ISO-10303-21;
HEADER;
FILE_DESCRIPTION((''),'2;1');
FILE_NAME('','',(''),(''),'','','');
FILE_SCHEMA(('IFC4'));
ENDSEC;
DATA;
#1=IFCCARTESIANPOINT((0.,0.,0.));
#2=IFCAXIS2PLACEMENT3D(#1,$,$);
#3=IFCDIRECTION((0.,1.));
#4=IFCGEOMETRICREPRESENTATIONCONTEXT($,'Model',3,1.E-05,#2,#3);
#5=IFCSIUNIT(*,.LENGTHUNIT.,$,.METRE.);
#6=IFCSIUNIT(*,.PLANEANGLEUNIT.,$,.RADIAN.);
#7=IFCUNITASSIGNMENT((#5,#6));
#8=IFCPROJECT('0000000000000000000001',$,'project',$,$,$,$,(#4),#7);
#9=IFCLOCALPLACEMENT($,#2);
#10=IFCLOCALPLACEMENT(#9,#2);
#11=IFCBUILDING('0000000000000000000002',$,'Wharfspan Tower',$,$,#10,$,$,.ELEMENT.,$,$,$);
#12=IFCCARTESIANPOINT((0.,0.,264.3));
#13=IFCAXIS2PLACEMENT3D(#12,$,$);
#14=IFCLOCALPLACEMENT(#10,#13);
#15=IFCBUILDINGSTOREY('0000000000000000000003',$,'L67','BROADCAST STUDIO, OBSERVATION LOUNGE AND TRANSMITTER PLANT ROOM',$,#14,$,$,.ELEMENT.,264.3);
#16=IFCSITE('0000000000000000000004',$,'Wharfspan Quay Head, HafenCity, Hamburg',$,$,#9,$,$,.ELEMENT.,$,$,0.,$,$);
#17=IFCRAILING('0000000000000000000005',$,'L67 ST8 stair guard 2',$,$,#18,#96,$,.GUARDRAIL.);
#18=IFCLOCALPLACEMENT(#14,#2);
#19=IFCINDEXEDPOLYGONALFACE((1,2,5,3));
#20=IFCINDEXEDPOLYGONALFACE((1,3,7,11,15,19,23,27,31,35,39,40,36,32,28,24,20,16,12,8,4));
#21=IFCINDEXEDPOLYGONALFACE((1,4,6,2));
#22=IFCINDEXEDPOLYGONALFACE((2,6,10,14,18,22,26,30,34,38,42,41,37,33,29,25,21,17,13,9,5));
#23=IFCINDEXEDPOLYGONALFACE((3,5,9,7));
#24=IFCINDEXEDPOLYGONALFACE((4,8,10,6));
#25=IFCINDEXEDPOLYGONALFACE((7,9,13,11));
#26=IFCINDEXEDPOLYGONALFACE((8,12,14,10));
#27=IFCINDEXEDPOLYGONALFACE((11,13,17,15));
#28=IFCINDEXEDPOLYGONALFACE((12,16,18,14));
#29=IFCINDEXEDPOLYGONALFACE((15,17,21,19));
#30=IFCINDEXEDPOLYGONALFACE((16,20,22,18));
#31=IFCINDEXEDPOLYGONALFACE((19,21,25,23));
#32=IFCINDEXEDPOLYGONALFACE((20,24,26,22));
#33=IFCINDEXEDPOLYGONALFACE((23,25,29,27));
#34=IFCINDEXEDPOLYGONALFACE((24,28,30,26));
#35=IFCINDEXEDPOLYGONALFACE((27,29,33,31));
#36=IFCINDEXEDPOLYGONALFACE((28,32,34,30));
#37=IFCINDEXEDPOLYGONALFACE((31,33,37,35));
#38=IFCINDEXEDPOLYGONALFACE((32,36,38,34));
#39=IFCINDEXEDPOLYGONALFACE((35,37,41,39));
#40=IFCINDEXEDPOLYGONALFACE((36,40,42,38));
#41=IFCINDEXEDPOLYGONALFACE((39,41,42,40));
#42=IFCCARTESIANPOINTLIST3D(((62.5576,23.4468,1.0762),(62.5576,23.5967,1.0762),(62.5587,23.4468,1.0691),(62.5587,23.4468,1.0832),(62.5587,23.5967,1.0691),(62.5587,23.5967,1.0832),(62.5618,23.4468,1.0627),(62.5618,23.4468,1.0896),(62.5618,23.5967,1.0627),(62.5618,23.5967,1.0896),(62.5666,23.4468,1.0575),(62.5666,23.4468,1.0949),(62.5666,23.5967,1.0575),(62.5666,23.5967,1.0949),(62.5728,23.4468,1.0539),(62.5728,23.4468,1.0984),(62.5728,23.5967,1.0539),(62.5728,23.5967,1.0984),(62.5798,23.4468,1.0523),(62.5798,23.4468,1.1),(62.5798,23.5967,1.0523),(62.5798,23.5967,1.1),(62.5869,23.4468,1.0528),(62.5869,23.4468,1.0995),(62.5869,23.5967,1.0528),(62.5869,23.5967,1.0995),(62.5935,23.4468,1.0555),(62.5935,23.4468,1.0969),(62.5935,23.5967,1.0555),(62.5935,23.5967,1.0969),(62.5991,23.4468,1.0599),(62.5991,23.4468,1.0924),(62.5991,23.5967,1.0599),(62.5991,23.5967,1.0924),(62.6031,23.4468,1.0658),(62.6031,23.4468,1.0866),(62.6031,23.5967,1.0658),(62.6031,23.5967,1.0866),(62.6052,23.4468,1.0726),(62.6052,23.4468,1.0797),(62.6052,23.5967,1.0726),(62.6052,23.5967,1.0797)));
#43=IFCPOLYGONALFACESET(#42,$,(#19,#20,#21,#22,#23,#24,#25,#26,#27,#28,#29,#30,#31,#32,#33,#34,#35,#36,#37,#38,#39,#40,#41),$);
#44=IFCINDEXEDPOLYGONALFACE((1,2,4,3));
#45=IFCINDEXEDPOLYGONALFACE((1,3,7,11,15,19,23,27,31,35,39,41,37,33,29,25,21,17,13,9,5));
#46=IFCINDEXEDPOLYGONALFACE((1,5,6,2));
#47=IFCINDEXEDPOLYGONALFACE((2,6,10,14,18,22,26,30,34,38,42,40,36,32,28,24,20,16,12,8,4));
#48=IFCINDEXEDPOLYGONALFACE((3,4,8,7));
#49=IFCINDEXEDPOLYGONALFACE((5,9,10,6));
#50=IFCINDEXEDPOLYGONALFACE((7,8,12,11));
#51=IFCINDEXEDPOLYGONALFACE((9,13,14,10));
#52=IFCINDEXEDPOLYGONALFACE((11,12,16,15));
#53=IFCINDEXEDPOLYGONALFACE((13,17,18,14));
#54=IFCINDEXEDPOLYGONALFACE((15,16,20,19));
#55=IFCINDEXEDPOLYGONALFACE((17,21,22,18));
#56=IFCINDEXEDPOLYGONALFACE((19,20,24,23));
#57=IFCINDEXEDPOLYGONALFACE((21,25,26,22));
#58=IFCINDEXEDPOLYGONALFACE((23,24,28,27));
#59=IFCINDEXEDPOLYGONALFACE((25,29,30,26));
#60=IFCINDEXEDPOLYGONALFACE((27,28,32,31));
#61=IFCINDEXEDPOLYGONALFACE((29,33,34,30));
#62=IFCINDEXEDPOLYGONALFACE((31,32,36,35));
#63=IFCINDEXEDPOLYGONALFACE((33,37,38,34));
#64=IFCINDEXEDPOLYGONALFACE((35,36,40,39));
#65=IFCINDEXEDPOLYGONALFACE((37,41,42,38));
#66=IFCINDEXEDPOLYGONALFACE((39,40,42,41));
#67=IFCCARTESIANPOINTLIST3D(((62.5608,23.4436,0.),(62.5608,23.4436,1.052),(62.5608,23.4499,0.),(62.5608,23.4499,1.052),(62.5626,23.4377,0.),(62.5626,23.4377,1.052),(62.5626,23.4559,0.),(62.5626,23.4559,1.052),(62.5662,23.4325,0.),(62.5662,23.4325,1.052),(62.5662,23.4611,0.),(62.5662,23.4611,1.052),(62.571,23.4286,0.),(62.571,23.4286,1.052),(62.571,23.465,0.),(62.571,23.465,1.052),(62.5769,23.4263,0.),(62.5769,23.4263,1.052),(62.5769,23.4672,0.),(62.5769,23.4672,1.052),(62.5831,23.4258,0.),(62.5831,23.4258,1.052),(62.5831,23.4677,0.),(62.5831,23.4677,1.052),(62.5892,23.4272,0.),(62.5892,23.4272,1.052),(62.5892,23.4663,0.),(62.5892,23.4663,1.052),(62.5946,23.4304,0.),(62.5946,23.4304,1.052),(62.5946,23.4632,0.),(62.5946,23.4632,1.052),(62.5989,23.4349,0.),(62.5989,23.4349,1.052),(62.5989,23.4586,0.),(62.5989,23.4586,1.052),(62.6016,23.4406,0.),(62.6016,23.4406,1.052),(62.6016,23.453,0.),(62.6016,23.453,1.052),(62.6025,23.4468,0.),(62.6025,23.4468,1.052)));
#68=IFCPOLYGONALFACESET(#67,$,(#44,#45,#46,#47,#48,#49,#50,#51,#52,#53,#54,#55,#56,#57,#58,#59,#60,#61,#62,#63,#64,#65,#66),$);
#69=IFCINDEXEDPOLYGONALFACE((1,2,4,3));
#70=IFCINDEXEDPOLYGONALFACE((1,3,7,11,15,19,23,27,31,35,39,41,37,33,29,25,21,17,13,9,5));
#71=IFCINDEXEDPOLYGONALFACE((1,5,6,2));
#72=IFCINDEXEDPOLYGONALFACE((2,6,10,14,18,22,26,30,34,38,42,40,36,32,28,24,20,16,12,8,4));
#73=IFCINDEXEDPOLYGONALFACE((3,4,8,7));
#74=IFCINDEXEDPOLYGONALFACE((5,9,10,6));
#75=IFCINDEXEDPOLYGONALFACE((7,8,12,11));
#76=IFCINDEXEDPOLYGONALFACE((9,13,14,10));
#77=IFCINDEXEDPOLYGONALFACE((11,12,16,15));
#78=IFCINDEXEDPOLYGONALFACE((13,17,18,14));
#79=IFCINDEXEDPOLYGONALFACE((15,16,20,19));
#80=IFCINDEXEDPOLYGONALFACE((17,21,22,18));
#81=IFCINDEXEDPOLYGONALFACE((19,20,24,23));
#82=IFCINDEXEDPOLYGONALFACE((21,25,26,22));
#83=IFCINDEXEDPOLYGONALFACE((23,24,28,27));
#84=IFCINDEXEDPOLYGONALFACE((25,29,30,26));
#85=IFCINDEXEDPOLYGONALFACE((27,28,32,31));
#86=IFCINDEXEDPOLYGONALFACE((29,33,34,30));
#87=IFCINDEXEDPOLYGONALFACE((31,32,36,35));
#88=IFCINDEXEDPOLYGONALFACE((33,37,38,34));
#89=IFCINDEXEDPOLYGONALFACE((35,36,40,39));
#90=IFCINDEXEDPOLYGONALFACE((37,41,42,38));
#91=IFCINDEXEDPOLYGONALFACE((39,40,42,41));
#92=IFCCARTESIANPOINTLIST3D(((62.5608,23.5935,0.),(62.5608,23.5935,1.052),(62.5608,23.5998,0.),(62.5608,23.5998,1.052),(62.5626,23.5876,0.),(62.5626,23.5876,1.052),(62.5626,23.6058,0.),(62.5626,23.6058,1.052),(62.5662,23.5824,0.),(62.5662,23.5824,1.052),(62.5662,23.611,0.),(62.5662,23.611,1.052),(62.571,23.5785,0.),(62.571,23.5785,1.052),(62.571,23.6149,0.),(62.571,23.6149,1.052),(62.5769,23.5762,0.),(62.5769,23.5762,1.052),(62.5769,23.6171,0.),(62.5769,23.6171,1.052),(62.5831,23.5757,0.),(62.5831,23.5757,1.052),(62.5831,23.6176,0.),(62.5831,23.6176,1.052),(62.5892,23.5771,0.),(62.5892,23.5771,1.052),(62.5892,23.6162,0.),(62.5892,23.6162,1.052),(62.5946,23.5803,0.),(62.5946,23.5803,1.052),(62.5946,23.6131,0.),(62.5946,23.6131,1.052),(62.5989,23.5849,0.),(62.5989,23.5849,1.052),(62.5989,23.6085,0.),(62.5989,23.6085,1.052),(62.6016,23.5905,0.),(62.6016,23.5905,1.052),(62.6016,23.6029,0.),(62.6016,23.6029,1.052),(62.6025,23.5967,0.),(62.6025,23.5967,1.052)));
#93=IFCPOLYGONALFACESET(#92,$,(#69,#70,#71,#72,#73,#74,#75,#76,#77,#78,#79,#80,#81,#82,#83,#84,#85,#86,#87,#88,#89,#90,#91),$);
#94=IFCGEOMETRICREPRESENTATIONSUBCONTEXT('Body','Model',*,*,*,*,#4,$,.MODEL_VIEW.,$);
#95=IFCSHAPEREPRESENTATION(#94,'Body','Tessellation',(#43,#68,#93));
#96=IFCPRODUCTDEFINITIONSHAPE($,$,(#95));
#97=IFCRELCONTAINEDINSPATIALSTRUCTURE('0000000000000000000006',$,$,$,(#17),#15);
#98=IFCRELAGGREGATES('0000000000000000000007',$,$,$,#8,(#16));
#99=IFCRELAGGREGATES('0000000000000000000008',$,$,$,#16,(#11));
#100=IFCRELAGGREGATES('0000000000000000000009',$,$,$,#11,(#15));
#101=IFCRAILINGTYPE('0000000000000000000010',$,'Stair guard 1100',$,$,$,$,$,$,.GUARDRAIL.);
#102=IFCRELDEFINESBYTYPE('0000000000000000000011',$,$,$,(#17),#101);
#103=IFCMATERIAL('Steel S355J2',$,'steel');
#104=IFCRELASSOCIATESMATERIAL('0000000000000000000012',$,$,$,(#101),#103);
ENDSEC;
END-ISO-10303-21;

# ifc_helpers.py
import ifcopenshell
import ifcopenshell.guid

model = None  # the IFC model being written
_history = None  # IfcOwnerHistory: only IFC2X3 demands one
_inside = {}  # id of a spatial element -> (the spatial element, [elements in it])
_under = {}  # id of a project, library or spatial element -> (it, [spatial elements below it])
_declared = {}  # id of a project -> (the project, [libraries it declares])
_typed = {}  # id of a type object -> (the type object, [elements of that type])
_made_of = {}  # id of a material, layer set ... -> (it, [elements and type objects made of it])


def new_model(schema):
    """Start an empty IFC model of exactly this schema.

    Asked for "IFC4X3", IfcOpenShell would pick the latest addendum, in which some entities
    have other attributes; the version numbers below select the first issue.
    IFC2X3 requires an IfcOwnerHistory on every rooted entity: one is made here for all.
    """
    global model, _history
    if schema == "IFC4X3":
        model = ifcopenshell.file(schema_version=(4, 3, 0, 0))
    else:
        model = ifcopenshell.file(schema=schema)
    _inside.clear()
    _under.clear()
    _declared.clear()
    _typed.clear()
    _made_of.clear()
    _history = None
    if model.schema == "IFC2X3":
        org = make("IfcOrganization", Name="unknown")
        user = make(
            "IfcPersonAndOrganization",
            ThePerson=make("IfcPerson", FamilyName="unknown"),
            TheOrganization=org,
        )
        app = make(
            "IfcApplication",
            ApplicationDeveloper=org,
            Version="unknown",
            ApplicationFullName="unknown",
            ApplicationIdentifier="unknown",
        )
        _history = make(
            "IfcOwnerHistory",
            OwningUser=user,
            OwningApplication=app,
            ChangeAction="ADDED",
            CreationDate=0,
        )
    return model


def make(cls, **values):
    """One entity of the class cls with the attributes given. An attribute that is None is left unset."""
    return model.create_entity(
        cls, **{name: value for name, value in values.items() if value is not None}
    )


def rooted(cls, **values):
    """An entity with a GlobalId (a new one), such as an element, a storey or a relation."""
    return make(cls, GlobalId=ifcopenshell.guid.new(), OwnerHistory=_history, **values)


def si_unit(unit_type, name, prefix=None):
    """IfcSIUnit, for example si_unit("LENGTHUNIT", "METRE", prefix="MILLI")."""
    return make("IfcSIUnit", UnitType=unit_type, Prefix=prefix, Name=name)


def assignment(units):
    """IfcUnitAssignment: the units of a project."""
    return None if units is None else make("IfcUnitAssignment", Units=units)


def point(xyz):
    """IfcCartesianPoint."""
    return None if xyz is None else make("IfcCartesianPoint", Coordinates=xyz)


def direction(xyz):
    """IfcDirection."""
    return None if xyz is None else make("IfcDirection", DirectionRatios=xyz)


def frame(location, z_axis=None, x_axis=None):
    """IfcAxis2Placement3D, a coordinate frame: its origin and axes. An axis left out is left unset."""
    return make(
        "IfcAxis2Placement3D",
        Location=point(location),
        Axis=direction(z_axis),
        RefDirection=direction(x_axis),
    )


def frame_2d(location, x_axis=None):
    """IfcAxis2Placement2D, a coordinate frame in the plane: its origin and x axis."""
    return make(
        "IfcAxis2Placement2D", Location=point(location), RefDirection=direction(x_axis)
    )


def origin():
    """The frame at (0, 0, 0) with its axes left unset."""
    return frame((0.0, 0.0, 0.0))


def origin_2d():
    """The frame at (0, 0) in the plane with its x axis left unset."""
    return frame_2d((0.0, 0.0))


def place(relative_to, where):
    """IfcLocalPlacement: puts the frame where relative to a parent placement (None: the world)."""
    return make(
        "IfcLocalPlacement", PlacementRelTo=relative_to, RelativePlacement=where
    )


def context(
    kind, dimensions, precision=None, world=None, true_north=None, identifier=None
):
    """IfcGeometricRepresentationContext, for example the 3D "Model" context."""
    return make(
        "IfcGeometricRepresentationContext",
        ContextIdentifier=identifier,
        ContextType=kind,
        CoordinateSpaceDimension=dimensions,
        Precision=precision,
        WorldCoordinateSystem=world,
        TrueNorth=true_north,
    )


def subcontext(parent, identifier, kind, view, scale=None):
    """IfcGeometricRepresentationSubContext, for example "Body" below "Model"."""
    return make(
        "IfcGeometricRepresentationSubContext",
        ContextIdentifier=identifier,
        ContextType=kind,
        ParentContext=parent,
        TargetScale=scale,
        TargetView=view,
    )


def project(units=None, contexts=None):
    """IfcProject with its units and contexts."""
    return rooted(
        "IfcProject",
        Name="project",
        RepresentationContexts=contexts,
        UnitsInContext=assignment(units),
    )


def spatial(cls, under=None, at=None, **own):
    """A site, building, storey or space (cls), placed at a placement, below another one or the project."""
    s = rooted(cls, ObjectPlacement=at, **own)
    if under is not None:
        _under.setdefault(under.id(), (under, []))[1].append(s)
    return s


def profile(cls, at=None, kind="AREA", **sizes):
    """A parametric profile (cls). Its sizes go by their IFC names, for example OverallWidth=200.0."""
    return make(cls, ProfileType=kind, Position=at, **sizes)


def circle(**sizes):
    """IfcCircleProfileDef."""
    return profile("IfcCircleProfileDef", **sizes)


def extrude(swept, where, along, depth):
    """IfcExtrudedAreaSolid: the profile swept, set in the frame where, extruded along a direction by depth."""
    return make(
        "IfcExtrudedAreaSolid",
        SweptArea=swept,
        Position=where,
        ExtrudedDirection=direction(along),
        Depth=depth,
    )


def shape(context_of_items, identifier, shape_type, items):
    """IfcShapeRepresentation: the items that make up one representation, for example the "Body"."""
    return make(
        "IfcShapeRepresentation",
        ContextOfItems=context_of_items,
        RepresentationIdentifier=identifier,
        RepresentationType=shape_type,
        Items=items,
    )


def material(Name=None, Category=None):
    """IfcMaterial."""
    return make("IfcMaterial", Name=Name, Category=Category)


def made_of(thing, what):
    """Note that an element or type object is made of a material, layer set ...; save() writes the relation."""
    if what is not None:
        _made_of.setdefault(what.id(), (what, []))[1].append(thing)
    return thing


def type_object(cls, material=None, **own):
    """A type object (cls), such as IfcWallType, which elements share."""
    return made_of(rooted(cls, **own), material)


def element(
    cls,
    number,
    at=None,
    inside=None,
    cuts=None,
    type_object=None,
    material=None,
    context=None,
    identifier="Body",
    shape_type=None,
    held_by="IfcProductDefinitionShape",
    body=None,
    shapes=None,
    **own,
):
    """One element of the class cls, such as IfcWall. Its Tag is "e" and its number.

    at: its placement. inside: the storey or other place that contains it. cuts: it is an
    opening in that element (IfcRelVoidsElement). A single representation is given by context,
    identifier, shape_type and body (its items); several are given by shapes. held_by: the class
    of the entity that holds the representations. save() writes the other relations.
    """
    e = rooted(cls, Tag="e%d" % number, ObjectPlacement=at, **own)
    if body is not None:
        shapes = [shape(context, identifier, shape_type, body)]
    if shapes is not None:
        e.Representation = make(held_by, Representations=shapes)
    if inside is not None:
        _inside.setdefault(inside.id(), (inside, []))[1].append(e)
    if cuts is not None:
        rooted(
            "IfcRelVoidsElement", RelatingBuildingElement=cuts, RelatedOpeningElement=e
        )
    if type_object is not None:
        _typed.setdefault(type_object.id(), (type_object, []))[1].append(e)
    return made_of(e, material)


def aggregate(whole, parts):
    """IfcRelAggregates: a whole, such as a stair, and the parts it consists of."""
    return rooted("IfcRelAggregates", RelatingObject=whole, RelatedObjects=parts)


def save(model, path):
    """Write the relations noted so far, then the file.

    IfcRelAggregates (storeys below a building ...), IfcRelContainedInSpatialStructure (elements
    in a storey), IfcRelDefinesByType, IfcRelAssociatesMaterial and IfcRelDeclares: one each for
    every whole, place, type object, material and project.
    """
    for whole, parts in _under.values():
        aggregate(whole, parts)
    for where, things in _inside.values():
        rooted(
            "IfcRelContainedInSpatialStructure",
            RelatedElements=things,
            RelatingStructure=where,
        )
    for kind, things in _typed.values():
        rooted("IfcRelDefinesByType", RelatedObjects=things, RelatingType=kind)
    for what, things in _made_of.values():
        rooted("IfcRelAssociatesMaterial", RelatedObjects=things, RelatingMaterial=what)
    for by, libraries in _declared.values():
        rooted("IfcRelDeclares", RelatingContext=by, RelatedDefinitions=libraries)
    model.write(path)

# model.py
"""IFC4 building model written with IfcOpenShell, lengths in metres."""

from ifc_helpers import new_model, si_unit, direction, frame, origin, origin_2d, place, context, subcontext, project, spatial, circle, extrude, material, type_object, element, save


model = new_model("IFC4")

# Units and contexts
model_context = context("Model", 3, precision=1e-05, world=origin(), true_north=direction((0.0, 1.0)))
body_context = subcontext(model_context, "Body", "Model", "MODEL_VIEW")
ifc_project = project(units=[si_unit("LENGTHUNIT", "METRE"), si_unit("PLANEANGLEUNIT", "RADIAN")], contexts=[model_context])

# Site, building, storey
site_placement = place(None, origin())
site = spatial("IfcSite", under=ifc_project, at=site_placement, Name="Wharfspan Quay Head, HafenCity, Hamburg", CompositionType="ELEMENT", RefElevation=0.0)
building_placement = place(site_placement, origin())
building = spatial("IfcBuilding", under=site, at=building_placement, Name="Wharfspan Tower", CompositionType="ELEMENT")
storey_placement = place(building_placement, frame((0.0, 0.0, 264.3)))
storey = spatial("IfcBuildingStorey", under=building, at=storey_placement, Name="L67", Description="BROADCAST STUDIO, OBSERVATION LOUNGE AND TRANSMITTER PLANT ROOM", CompositionType="ELEMENT", Elevation=264.3)

# Shared definitions
ifc_material_1 = material(Name="Steel S355J2", Category="steel")

# Railing
railing_type_1 = type_object("IfcRailingType", Name="Stair guard 1100", PredefinedType="GUARDRAIL", material=ifc_material_1)
railing_1_placement = place(storey_placement, frame((62.5815, 23.4468, 0.0)))
element("IfcRailing", 1, at=railing_1_placement, inside=storey, type_object=railing_type_1, Name="L67 ST8 stair guard 2", PredefinedType="GUARDRAIL", context=body_context, shape_type="SweptSolid", body=[
    extrude(circle(Radius=0.0239, at=origin_2d()), frame((0.0, 0.0, 1.0762), z_axis=(0.0, 1.0, 0.0), x_axis=(-1.0, 0.0, 0.0)), (0.0, 0.0, 1.0), 0.1499),
    extrude(circle(Radius=0.021, at=origin_2d()), origin(), (0.0, 0.0, 1.0), 1.052),
    extrude(circle(Radius=0.021, at=origin_2d()), frame((0.0, 0.1499, 0.0)), (0.0, 0.0, 1.0), 1.052),
])

save(model, "model.ifc")
